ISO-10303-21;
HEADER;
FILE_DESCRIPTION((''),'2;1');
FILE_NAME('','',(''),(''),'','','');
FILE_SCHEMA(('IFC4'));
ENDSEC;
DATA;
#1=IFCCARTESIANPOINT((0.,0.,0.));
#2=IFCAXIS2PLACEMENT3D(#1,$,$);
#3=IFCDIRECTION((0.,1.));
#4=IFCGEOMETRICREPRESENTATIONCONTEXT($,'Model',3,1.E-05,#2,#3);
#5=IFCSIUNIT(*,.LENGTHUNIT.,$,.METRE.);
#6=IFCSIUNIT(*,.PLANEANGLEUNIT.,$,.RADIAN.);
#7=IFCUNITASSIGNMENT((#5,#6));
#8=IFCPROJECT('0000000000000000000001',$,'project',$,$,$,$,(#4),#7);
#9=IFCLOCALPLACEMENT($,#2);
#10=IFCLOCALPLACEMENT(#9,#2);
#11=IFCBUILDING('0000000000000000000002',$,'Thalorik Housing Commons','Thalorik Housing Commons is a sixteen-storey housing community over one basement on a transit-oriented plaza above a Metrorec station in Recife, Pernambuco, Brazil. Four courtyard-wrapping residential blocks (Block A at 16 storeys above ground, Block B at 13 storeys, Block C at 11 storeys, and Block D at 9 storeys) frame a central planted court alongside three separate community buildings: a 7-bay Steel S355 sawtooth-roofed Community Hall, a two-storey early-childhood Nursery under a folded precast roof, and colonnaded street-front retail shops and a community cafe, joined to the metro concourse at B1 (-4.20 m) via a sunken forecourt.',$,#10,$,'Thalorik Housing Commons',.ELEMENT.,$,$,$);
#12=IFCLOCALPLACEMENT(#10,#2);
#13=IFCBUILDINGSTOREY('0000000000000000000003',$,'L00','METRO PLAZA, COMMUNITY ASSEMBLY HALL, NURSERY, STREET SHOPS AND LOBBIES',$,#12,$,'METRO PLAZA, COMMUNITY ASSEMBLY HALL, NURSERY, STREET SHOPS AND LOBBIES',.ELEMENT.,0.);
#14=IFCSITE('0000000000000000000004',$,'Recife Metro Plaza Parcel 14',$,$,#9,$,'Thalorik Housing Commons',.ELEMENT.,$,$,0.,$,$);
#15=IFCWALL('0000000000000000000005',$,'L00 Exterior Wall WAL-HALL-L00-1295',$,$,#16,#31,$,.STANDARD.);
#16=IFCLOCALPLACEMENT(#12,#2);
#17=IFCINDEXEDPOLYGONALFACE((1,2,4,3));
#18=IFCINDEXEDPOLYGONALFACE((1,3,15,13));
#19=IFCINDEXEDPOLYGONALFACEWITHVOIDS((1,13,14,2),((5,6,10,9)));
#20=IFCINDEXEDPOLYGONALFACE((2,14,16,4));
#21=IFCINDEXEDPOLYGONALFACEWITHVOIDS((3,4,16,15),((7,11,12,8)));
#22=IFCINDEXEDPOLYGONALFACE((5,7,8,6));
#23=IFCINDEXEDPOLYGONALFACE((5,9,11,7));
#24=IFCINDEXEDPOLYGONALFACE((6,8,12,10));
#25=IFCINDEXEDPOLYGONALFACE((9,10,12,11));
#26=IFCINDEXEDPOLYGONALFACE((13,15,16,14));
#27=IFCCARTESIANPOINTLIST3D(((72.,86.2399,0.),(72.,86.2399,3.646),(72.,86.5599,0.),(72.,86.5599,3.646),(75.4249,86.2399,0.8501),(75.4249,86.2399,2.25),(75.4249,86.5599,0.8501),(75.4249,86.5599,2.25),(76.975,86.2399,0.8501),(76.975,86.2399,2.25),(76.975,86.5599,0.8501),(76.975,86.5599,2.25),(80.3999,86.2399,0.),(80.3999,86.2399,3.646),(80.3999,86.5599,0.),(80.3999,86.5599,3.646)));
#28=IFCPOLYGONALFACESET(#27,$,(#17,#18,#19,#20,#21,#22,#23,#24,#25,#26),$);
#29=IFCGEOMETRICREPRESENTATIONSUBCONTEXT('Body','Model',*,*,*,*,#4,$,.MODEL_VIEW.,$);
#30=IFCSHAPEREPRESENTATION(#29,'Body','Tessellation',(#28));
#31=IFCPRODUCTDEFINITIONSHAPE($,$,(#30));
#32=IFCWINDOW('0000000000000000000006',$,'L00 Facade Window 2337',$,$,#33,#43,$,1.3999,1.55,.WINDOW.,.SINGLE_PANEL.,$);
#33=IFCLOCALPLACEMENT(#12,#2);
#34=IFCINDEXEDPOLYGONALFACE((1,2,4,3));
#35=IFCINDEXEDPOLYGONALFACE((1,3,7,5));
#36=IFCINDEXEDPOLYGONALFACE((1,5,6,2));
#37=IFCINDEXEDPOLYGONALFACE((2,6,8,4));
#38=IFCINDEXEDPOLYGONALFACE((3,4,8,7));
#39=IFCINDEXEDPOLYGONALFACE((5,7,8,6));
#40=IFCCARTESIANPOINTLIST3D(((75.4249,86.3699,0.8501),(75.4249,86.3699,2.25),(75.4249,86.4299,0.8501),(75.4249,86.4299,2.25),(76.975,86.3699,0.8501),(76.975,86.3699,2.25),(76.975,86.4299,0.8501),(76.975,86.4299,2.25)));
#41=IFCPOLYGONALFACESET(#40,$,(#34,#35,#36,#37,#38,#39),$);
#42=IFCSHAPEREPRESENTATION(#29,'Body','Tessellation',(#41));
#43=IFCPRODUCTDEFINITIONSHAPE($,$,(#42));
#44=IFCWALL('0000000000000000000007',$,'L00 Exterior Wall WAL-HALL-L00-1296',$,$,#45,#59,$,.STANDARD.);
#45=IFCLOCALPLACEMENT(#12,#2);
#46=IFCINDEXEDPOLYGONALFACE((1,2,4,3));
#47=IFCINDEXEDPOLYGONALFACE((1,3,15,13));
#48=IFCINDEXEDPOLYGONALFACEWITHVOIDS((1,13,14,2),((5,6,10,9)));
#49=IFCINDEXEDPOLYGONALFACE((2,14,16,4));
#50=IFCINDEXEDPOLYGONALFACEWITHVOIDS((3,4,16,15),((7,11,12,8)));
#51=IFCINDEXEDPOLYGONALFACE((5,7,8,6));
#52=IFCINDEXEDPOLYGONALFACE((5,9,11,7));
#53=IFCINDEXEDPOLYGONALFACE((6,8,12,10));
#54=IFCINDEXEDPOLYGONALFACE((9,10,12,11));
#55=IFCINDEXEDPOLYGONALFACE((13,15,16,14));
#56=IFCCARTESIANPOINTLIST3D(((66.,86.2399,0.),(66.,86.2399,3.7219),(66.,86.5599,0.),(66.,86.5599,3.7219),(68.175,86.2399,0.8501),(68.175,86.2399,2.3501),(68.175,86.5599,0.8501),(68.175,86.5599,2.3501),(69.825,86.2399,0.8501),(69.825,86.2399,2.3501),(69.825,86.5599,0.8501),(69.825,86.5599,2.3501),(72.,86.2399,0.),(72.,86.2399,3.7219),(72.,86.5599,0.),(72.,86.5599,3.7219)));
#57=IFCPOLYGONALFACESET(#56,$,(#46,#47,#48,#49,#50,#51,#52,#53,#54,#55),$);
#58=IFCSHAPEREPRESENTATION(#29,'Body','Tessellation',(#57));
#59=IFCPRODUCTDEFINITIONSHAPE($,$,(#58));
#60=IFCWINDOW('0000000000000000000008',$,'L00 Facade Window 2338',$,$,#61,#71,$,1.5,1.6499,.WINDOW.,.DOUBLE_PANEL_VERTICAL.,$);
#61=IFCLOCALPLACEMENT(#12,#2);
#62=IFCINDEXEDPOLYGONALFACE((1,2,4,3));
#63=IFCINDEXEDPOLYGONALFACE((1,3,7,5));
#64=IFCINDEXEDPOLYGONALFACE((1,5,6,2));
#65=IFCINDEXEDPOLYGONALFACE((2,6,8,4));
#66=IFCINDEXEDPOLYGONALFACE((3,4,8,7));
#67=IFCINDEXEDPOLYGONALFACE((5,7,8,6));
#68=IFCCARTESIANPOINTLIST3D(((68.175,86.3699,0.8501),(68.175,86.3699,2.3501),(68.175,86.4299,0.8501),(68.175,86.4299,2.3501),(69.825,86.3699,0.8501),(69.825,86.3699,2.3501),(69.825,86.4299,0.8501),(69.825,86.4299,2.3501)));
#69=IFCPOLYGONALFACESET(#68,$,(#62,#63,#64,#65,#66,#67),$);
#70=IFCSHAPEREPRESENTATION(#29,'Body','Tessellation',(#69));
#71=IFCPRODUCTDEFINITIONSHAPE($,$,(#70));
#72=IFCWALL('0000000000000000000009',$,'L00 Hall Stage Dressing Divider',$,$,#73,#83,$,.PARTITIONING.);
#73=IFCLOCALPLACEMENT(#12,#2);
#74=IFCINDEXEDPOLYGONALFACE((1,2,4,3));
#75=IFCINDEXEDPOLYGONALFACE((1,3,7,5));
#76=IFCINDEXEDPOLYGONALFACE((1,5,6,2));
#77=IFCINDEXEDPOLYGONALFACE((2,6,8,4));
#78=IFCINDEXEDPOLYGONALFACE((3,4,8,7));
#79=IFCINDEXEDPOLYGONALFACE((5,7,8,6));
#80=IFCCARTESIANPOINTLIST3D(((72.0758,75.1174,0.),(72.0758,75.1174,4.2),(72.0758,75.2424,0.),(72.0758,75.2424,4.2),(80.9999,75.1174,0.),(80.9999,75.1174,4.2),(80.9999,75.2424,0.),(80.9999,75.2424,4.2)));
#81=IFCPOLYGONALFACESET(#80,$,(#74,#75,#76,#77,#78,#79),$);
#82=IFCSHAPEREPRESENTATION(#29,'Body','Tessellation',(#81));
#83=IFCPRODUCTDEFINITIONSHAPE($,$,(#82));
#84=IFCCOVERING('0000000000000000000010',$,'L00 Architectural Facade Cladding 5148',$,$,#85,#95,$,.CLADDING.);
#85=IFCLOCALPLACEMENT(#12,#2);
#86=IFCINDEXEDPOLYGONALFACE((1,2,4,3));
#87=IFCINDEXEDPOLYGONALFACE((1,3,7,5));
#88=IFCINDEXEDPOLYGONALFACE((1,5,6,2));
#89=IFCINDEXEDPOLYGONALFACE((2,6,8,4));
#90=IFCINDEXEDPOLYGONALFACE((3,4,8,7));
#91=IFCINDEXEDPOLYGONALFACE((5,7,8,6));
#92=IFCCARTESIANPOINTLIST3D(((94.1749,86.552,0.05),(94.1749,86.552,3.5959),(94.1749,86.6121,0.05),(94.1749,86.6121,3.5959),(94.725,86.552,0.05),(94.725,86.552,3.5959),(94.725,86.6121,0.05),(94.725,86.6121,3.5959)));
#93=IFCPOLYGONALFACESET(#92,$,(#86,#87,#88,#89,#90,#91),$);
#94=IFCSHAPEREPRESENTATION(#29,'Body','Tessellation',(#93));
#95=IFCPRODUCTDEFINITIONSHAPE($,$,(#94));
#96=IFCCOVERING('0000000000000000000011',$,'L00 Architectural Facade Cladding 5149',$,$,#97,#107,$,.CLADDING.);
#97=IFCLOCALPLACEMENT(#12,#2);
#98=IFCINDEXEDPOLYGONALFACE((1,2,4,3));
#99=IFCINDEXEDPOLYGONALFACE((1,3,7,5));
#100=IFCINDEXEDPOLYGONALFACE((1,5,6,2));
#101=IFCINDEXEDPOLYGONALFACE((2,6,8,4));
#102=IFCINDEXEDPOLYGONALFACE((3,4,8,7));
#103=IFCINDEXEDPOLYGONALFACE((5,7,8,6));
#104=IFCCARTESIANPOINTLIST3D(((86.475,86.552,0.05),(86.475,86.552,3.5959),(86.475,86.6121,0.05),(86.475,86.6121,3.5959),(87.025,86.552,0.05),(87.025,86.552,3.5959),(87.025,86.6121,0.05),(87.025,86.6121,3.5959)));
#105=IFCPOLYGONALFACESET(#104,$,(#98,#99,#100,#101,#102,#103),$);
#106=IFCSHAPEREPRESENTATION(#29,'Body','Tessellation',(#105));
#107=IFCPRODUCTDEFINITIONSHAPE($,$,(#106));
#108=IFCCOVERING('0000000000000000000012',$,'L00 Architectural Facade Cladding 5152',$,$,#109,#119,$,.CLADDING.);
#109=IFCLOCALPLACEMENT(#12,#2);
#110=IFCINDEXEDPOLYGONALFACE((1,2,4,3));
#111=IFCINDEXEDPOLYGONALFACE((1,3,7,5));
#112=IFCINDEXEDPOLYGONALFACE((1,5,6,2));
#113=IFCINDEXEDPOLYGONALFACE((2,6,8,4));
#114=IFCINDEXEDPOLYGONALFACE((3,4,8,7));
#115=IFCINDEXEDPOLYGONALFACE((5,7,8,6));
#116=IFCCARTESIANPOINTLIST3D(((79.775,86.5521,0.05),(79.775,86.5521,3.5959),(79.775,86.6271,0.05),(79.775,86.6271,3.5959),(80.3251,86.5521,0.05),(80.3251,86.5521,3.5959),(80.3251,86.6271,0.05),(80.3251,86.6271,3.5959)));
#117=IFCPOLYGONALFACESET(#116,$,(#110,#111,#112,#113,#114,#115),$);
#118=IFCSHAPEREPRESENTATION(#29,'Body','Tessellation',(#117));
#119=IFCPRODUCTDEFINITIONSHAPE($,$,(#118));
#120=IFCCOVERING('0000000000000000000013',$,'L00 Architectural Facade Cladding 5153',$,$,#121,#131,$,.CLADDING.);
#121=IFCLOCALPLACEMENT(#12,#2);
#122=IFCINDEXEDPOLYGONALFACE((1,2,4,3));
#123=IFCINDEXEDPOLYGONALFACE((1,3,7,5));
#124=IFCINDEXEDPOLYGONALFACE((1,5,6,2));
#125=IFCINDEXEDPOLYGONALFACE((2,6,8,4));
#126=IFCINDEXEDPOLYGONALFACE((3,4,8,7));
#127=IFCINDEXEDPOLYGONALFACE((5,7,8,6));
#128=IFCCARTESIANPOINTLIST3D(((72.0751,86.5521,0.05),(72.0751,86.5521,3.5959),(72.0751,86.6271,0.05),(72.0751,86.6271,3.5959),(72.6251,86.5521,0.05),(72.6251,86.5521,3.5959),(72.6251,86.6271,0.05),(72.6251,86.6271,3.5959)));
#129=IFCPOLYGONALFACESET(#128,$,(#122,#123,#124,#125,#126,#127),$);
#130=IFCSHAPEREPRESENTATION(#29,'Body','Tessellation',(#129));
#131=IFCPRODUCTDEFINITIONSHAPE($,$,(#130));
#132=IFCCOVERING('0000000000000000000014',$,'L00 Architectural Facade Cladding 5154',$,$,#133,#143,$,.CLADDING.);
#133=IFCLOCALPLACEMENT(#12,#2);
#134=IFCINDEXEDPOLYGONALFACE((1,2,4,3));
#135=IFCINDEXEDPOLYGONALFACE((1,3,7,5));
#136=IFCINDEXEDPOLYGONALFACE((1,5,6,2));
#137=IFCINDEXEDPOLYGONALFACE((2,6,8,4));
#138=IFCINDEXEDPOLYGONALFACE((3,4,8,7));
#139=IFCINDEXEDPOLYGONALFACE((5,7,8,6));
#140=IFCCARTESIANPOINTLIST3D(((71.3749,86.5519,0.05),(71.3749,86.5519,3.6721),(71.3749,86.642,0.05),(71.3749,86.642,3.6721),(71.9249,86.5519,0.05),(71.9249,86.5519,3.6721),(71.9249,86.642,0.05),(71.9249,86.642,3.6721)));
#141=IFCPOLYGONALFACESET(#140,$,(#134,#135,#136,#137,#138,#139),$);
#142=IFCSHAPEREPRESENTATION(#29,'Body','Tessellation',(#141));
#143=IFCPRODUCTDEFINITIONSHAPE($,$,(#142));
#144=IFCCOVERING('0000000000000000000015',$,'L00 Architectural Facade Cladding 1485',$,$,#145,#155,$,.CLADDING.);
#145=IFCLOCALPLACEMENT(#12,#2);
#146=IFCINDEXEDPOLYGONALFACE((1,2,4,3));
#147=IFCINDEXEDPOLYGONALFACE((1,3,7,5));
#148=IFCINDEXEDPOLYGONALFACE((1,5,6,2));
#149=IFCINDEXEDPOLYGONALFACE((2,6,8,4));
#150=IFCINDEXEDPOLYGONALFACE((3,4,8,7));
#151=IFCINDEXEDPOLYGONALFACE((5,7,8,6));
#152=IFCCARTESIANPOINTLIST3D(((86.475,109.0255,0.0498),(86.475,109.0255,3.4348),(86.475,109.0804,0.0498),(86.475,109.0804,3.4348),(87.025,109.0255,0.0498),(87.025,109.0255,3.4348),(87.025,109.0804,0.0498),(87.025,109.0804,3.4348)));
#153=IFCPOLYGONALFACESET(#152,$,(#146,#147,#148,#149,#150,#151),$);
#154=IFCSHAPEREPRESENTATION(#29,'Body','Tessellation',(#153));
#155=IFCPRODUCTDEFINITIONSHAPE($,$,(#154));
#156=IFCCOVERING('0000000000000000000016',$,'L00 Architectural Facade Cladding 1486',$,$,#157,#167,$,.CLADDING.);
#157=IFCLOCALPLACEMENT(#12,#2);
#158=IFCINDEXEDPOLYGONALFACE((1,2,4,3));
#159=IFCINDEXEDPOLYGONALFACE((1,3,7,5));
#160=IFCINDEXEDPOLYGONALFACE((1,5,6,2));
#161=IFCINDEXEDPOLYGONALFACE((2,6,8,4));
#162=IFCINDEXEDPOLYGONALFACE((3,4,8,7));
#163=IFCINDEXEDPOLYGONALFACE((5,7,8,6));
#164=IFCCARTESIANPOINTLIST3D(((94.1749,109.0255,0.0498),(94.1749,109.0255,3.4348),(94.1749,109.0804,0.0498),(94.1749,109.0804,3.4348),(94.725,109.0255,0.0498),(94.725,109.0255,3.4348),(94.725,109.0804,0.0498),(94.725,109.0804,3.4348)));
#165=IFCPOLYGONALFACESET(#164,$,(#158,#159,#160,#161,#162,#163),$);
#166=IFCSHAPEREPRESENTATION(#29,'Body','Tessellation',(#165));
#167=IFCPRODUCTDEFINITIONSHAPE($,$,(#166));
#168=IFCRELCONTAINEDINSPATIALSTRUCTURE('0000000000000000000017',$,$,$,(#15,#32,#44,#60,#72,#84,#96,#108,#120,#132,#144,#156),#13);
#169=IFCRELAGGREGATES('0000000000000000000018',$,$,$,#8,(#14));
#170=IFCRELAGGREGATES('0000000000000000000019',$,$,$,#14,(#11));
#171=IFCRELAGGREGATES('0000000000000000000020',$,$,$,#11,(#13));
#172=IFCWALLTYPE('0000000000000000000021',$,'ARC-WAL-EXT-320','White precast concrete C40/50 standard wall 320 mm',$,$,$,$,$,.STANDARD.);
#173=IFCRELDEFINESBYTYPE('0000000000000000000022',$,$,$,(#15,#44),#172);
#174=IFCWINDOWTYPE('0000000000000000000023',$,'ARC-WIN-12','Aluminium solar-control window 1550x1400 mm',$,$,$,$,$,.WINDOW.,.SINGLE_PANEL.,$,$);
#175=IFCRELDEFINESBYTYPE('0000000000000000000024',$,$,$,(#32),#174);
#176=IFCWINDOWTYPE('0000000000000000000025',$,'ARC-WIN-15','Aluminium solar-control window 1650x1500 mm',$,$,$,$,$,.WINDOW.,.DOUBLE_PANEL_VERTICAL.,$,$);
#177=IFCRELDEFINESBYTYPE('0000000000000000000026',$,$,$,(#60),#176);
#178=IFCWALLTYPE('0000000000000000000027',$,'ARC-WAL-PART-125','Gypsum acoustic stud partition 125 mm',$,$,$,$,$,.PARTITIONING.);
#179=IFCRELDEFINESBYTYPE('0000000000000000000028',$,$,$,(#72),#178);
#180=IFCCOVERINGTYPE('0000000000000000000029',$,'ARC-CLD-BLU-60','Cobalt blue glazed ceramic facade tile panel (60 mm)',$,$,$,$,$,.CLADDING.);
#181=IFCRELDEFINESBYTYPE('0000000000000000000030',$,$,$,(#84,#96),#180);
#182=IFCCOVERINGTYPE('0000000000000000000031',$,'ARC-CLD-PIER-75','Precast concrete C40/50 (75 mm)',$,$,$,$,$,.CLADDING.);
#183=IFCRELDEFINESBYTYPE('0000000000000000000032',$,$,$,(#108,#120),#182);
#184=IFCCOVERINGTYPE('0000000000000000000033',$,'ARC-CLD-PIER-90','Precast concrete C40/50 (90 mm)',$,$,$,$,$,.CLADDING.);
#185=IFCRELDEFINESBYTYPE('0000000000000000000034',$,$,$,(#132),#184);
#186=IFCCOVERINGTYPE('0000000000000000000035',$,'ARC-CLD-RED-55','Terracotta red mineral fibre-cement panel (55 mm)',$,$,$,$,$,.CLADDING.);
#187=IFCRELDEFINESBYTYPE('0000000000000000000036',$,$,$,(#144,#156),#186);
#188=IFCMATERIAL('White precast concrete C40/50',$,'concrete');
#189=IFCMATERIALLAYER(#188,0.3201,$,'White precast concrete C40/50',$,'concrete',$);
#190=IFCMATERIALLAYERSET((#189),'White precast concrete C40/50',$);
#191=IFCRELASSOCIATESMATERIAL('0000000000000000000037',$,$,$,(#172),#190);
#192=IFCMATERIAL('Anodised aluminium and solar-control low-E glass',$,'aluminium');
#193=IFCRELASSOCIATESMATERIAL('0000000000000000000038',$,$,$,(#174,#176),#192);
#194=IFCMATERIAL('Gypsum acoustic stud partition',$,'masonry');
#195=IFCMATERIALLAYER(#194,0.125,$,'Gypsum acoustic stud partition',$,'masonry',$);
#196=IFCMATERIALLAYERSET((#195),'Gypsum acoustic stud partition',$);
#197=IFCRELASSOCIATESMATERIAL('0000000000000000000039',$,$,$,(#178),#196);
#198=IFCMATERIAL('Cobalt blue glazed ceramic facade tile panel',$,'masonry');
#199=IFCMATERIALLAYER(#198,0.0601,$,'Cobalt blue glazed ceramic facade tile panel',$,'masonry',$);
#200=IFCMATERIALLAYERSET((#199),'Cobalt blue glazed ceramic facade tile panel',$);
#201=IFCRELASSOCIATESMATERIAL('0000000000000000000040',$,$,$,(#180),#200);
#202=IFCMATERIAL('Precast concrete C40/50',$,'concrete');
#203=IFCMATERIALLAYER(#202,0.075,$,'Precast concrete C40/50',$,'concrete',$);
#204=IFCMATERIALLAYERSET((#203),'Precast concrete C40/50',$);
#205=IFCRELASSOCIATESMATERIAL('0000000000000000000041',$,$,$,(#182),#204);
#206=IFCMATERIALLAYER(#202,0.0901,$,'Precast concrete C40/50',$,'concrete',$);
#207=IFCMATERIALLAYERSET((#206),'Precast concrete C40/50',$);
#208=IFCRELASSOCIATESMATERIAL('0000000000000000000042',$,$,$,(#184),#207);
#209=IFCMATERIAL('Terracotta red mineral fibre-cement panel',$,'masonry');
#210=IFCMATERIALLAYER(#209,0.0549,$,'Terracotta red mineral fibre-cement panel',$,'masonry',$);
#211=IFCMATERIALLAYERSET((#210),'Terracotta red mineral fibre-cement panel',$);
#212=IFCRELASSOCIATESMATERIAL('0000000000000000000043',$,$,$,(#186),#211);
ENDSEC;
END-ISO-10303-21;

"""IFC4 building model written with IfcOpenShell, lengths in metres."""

from ifc_helpers import new_model, si_unit, direction, frame, frame_2d, origin, origin_2d, place, context, subcontext, project, spatial, rectangle, extrude, material, layer, layer_set, type_object, element, fill, save


model = new_model("IFC4")

# Units and contexts
model_context = context("Model", 3, precision=1e-05, world=origin(), true_north=direction((0.0, 1.0)))
body_context = subcontext(model_context, "Body", "Model", "MODEL_VIEW")
ifc_project = project(units=[si_unit("LENGTHUNIT", "METRE"), si_unit("PLANEANGLEUNIT", "RADIAN")], contexts=[model_context])

# Site, building, storey
site_placement = place(None, origin())
site = spatial("IfcSite", under=ifc_project, at=site_placement, Name="Recife Metro Plaza Parcel 14", LongName="Thalorik Housing Commons", CompositionType="ELEMENT", RefElevation=0.0)
building_placement = place(site_placement, origin())
building = spatial("IfcBuilding", under=site, at=building_placement, Name="Thalorik Housing Commons", Description="Thalorik Housing Commons is a sixteen-storey housing community over one basement on a transit-oriented plaza above a Metrorec station in Recife, Pernambuco, Brazil. Four courtyard-wrapping residential blocks (Block A at 16 storeys above ground, Block B at 13 storeys, Block C at 11 storeys, and Block D at 9 storeys) frame a central planted court alongside three separate community buildings: a 7-bay Steel S355 sawtooth-roofed Community Hall, a two-storey early-childhood Nursery under a folded precast roof, and colonnaded street-front retail shops and a community cafe, joined to the metro concourse at B1 (-4.20 m) via a sunken forecourt.", LongName="Thalorik Housing Commons", CompositionType="ELEMENT")
storey_placement = place(building_placement, origin())
storey = spatial("IfcBuildingStorey", under=building, at=storey_placement, Name="L00", Description="METRO PLAZA, COMMUNITY ASSEMBLY HALL, NURSERY, STREET SHOPS AND LOBBIES", LongName="METRO PLAZA, COMMUNITY ASSEMBLY HALL, NURSERY, STREET SHOPS AND LOBBIES", CompositionType="ELEMENT", Elevation=0.0)

# Walls, openings, windows
ifc_material_1 = material(Name="White precast concrete C40/50", Category="concrete")
ifc_layer_1 = layer(ifc_material_1, 0.3201, Name="White precast concrete C40/50", Category="concrete")
ifc_layer_set_1 = layer_set([ifc_layer_1], Name="White precast concrete C40/50")
wall_type_1 = type_object("IfcWallType", Name="ARC-WAL-EXT-320", Description="White precast concrete C40/50 standard wall 320 mm", PredefinedType="STANDARD", material=ifc_layer_set_1)
ifc_material_2 = material(Name="Anodised aluminium and solar-control low-E glass", Category="aluminium")
wall_1_placement = place(storey_placement, frame((80.3999, 86.3999, 0.0), z_axis=(0.0, 0.0, 1.0), x_axis=(-1.0, 0.0, 0.0)))
wall_1 = element("IfcWall", 1, at=wall_1_placement, inside=storey, type_object=wall_type_1, Name="L00 Exterior Wall WAL-HALL-L00-1295", PredefinedType="STANDARD", context=body_context, shape_type="SweptSolid", body=[
    extrude(rectangle(XDim=8.3999, YDim=0.3201, at=frame_2d((4.2, 0.0))), origin(), (0.0, 0.0, 1.0), 3.646),
])
opening_1_placement = place(wall_1_placement, frame((3.425, 0.0, 0.8501)))
opening_1 = element("IfcOpeningElement", 2, at=opening_1_placement, cuts=wall_1, PredefinedType="OPENING", context=body_context, shape_type="SweptSolid", body=[
    extrude(rectangle(XDim=1.55, YDim=1.3999, at=frame_2d((0.7749, 0.7))), frame((0.0, 0.1699, 0.0), z_axis=(0.0, -1.0, 0.0), x_axis=(1.0, 0.0, 0.0)), (0.0, 0.0, 1.0), 0.3401),
])
window_type_1 = type_object("IfcWindowType", Name="ARC-WIN-12", Description="Aluminium solar-control window 1550x1400 mm", PartitioningType="SINGLE_PANEL", PredefinedType="WINDOW", material=ifc_material_2)
window_1_placement = place(opening_1_placement, origin())
window_1 = element("IfcWindow", 3, at=window_1_placement, inside=storey, type_object=window_type_1, Name="L00 Facade Window 2337", OverallHeight=1.3999, OverallWidth=1.55, PartitioningType="SINGLE_PANEL", PredefinedType="WINDOW", context=body_context, shape_type="SweptSolid", body=[
    extrude(rectangle(XDim=1.55, YDim=1.3999, at=frame_2d((0.7749, 0.7))), frame((0.0, 0.03, 0.0), z_axis=(0.0, -1.0, 0.0), x_axis=(1.0, 0.0, 0.0)), (0.0, 0.0, 1.0), 0.0601),
])
fill(opening_1, window_1)
wall_2_placement = place(storey_placement, frame((72.0, 86.3999, 0.0), z_axis=(0.0, 0.0, 1.0), x_axis=(-1.0, 0.0, 0.0)))
wall_2 = element("IfcWall", 4, at=wall_2_placement, inside=storey, type_object=wall_type_1, Name="L00 Exterior Wall WAL-HALL-L00-1296", PredefinedType="STANDARD", context=body_context, shape_type="SweptSolid", body=[
    extrude(rectangle(XDim=6.0, YDim=0.3201, at=frame_2d((3.0, 0.0))), origin(), (0.0, 0.0, 1.0), 3.7219),
])
opening_2_placement = place(wall_2_placement, frame((2.175, 0.0, 0.8501)))
opening_2 = element("IfcOpeningElement", 5, at=opening_2_placement, cuts=wall_2, PredefinedType="OPENING", context=body_context, shape_type="SweptSolid", body=[
    extrude(rectangle(XDim=1.6499, YDim=1.5, at=frame_2d((0.825, 0.75))), frame((0.0, 0.1699, 0.0), z_axis=(0.0, -1.0, 0.0), x_axis=(1.0, 0.0, 0.0)), (0.0, 0.0, 1.0), 0.3401),
])
window_type_2 = type_object("IfcWindowType", Name="ARC-WIN-15", Description="Aluminium solar-control window 1650x1500 mm", PartitioningType="DOUBLE_PANEL_VERTICAL", PredefinedType="WINDOW", material=ifc_material_2)
window_2_placement = place(opening_2_placement, origin())
window_2 = element("IfcWindow", 6, at=window_2_placement, inside=storey, type_object=window_type_2, Name="L00 Facade Window 2338", OverallHeight=1.5, OverallWidth=1.6499, PartitioningType="DOUBLE_PANEL_VERTICAL", PredefinedType="WINDOW", context=body_context, shape_type="SweptSolid", body=[
    extrude(rectangle(XDim=1.6499, YDim=1.5, at=frame_2d((0.825, 0.75))), frame((0.0, 0.03, 0.0), z_axis=(0.0, -1.0, 0.0), x_axis=(1.0, 0.0, 0.0)), (0.0, 0.0, 1.0), 0.0601),
])
fill(opening_2, window_2)

# Wall
ifc_material_3 = material(Name="Gypsum acoustic stud partition", Category="masonry")
ifc_layer_2 = layer(ifc_material_3, 0.125, Name="Gypsum acoustic stud partition", Category="masonry")
ifc_layer_set_2 = layer_set([ifc_layer_2], Name="Gypsum acoustic stud partition")
wall_type_2 = type_object("IfcWallType", Name="ARC-WAL-PART-125", Description="Gypsum acoustic stud partition 125 mm", PredefinedType="PARTITIONING", material=ifc_layer_set_2)
wall_3_placement = place(storey_placement, frame((72.0759, 75.1799, 0.0), z_axis=(0.0, 0.0, 1.0), x_axis=(1.0, 0.0, 0.0)))
element("IfcWall", 7, at=wall_3_placement, inside=storey, type_object=wall_type_2, Name="L00 Hall Stage Dressing Divider", PredefinedType="PARTITIONING", context=body_context, shape_type="SweptSolid", body=[
    extrude(rectangle(XDim=8.9241, YDim=0.125, at=frame_2d((4.4619, 0.0))), origin(), (0.0, 0.0, 1.0), 4.2),
])

# Coverings
ifc_material_4 = material(Name="Cobalt blue glazed ceramic facade tile panel", Category="masonry")
ifc_layer_3 = layer(ifc_material_4, 0.0601, Name="Cobalt blue glazed ceramic facade tile panel", Category="masonry")
ifc_layer_set_3 = layer_set([ifc_layer_3], Name="Cobalt blue glazed ceramic facade tile panel")
covering_type_1 = type_object("IfcCoveringType", Name="ARC-CLD-BLU-60", Description="Cobalt blue glazed ceramic facade tile panel (60 mm)", PredefinedType="CLADDING", material=ifc_layer_set_3)
for number, where, z_axis, x_axis, name in (
    (8, (94.45, 86.582, 0.05), (0.0, 0.0, 1.0), (-1.0, 0.0, 0.0), "L00 Architectural Facade Cladding 5148"),
    (9, (86.75, 86.582, 0.05), (0.0, 0.0, 1.0), (-1.0, 0.0, 0.0), "L00 Architectural Facade Cladding 5149"),
):
    element("IfcCovering", number, at=place(storey_placement, frame(where, z_axis=z_axis, x_axis=x_axis)), inside=storey, type_object=covering_type_1, Name=name, PredefinedType="CLADDING", context=body_context, shape_type="SweptSolid", body=[
        extrude(rectangle(XDim=0.55, YDim=0.0601, at=origin_2d()), origin(), (0.0, 0.0, 1.0), 3.5459),
    ])
ifc_material_5 = material(Name="Precast concrete C40/50", Category="concrete")
ifc_layer_4 = layer(ifc_material_5, 0.075, Name="Precast concrete C40/50", Category="concrete")
ifc_layer_set_4 = layer_set([ifc_layer_4], Name="Precast concrete C40/50")
covering_type_2 = type_object("IfcCoveringType", Name="ARC-CLD-PIER-75", Description="Precast concrete C40/50 (75 mm)", PredefinedType="CLADDING", material=ifc_layer_set_4)
for number, where, z_axis, x_axis, name in (
    (10, (80.05, 86.5896, 0.05), (0.0, 0.0, 1.0), (-1.0, 0.0, 0.0), "L00 Architectural Facade Cladding 5152"),
    (11, (72.3501, 86.5896, 0.05), (0.0, 0.0, 1.0), (-1.0, 0.0, 0.0), "L00 Architectural Facade Cladding 5153"),
):
    element("IfcCovering", number, at=place(storey_placement, frame(where, z_axis=z_axis, x_axis=x_axis)), inside=storey, type_object=covering_type_2, Name=name, PredefinedType="CLADDING", context=body_context, shape_type="SweptSolid", body=[
        extrude(rectangle(XDim=0.55, YDim=0.075, at=origin_2d()), origin(), (0.0, 0.0, 1.0), 3.5459),
    ])
ifc_layer_5 = layer(ifc_material_5, 0.0901, Name="Precast concrete C40/50", Category="concrete")
ifc_layer_set_5 = layer_set([ifc_layer_5], Name="Precast concrete C40/50")
covering_type_3 = type_object("IfcCoveringType", Name="ARC-CLD-PIER-90", Description="Precast concrete C40/50 (90 mm)", PredefinedType="CLADDING", material=ifc_layer_set_5)
covering_placement = place(storey_placement, frame((71.6499, 86.5969, 0.05), z_axis=(0.0, 0.0, 1.0), x_axis=(-1.0, 0.0, 0.0)))
element("IfcCovering", 12, at=covering_placement, inside=storey, type_object=covering_type_3, Name="L00 Architectural Facade Cladding 5154", PredefinedType="CLADDING", context=body_context, shape_type="SweptSolid", body=[
    extrude(rectangle(XDim=0.55, YDim=0.0901, at=origin_2d()), origin(), (0.0, 0.0, 1.0), 3.6221),
])
ifc_material_6 = material(Name="Terracotta red mineral fibre-cement panel", Category="masonry")
ifc_layer_6 = layer(ifc_material_6, 0.0549, Name="Terracotta red mineral fibre-cement panel", Category="masonry")
ifc_layer_set_6 = layer_set([ifc_layer_6], Name="Terracotta red mineral fibre-cement panel")
covering_type_4 = type_object("IfcCoveringType", Name="ARC-CLD-RED-55", Description="Terracotta red mineral fibre-cement panel (55 mm)", PredefinedType="CLADDING", material=ifc_layer_set_6)
for number, where, z_axis, x_axis, name in (
    (13, (86.75, 109.053, 0.0498), (0.0, 0.0, 1.0), (1.0, 0.0, 0.0), "L00 Architectural Facade Cladding 1485"),
    (14, (94.45, 109.053, 0.0498), (0.0, 0.0, 1.0), (1.0, 0.0, 0.0), "L00 Architectural Facade Cladding 1486"),
):
    element("IfcCovering", number, at=place(storey_placement, frame(where, z_axis=z_axis, x_axis=x_axis)), inside=storey, type_object=covering_type_4, Name=name, PredefinedType="CLADDING", context=body_context, shape_type="SweptSolid", body=[
        extrude(rectangle(XDim=0.55, YDim=0.0549, at=origin_2d()), origin(), (0.0, 0.0, 1.0), 3.385),
    ])

save(model, "model.ifc")
